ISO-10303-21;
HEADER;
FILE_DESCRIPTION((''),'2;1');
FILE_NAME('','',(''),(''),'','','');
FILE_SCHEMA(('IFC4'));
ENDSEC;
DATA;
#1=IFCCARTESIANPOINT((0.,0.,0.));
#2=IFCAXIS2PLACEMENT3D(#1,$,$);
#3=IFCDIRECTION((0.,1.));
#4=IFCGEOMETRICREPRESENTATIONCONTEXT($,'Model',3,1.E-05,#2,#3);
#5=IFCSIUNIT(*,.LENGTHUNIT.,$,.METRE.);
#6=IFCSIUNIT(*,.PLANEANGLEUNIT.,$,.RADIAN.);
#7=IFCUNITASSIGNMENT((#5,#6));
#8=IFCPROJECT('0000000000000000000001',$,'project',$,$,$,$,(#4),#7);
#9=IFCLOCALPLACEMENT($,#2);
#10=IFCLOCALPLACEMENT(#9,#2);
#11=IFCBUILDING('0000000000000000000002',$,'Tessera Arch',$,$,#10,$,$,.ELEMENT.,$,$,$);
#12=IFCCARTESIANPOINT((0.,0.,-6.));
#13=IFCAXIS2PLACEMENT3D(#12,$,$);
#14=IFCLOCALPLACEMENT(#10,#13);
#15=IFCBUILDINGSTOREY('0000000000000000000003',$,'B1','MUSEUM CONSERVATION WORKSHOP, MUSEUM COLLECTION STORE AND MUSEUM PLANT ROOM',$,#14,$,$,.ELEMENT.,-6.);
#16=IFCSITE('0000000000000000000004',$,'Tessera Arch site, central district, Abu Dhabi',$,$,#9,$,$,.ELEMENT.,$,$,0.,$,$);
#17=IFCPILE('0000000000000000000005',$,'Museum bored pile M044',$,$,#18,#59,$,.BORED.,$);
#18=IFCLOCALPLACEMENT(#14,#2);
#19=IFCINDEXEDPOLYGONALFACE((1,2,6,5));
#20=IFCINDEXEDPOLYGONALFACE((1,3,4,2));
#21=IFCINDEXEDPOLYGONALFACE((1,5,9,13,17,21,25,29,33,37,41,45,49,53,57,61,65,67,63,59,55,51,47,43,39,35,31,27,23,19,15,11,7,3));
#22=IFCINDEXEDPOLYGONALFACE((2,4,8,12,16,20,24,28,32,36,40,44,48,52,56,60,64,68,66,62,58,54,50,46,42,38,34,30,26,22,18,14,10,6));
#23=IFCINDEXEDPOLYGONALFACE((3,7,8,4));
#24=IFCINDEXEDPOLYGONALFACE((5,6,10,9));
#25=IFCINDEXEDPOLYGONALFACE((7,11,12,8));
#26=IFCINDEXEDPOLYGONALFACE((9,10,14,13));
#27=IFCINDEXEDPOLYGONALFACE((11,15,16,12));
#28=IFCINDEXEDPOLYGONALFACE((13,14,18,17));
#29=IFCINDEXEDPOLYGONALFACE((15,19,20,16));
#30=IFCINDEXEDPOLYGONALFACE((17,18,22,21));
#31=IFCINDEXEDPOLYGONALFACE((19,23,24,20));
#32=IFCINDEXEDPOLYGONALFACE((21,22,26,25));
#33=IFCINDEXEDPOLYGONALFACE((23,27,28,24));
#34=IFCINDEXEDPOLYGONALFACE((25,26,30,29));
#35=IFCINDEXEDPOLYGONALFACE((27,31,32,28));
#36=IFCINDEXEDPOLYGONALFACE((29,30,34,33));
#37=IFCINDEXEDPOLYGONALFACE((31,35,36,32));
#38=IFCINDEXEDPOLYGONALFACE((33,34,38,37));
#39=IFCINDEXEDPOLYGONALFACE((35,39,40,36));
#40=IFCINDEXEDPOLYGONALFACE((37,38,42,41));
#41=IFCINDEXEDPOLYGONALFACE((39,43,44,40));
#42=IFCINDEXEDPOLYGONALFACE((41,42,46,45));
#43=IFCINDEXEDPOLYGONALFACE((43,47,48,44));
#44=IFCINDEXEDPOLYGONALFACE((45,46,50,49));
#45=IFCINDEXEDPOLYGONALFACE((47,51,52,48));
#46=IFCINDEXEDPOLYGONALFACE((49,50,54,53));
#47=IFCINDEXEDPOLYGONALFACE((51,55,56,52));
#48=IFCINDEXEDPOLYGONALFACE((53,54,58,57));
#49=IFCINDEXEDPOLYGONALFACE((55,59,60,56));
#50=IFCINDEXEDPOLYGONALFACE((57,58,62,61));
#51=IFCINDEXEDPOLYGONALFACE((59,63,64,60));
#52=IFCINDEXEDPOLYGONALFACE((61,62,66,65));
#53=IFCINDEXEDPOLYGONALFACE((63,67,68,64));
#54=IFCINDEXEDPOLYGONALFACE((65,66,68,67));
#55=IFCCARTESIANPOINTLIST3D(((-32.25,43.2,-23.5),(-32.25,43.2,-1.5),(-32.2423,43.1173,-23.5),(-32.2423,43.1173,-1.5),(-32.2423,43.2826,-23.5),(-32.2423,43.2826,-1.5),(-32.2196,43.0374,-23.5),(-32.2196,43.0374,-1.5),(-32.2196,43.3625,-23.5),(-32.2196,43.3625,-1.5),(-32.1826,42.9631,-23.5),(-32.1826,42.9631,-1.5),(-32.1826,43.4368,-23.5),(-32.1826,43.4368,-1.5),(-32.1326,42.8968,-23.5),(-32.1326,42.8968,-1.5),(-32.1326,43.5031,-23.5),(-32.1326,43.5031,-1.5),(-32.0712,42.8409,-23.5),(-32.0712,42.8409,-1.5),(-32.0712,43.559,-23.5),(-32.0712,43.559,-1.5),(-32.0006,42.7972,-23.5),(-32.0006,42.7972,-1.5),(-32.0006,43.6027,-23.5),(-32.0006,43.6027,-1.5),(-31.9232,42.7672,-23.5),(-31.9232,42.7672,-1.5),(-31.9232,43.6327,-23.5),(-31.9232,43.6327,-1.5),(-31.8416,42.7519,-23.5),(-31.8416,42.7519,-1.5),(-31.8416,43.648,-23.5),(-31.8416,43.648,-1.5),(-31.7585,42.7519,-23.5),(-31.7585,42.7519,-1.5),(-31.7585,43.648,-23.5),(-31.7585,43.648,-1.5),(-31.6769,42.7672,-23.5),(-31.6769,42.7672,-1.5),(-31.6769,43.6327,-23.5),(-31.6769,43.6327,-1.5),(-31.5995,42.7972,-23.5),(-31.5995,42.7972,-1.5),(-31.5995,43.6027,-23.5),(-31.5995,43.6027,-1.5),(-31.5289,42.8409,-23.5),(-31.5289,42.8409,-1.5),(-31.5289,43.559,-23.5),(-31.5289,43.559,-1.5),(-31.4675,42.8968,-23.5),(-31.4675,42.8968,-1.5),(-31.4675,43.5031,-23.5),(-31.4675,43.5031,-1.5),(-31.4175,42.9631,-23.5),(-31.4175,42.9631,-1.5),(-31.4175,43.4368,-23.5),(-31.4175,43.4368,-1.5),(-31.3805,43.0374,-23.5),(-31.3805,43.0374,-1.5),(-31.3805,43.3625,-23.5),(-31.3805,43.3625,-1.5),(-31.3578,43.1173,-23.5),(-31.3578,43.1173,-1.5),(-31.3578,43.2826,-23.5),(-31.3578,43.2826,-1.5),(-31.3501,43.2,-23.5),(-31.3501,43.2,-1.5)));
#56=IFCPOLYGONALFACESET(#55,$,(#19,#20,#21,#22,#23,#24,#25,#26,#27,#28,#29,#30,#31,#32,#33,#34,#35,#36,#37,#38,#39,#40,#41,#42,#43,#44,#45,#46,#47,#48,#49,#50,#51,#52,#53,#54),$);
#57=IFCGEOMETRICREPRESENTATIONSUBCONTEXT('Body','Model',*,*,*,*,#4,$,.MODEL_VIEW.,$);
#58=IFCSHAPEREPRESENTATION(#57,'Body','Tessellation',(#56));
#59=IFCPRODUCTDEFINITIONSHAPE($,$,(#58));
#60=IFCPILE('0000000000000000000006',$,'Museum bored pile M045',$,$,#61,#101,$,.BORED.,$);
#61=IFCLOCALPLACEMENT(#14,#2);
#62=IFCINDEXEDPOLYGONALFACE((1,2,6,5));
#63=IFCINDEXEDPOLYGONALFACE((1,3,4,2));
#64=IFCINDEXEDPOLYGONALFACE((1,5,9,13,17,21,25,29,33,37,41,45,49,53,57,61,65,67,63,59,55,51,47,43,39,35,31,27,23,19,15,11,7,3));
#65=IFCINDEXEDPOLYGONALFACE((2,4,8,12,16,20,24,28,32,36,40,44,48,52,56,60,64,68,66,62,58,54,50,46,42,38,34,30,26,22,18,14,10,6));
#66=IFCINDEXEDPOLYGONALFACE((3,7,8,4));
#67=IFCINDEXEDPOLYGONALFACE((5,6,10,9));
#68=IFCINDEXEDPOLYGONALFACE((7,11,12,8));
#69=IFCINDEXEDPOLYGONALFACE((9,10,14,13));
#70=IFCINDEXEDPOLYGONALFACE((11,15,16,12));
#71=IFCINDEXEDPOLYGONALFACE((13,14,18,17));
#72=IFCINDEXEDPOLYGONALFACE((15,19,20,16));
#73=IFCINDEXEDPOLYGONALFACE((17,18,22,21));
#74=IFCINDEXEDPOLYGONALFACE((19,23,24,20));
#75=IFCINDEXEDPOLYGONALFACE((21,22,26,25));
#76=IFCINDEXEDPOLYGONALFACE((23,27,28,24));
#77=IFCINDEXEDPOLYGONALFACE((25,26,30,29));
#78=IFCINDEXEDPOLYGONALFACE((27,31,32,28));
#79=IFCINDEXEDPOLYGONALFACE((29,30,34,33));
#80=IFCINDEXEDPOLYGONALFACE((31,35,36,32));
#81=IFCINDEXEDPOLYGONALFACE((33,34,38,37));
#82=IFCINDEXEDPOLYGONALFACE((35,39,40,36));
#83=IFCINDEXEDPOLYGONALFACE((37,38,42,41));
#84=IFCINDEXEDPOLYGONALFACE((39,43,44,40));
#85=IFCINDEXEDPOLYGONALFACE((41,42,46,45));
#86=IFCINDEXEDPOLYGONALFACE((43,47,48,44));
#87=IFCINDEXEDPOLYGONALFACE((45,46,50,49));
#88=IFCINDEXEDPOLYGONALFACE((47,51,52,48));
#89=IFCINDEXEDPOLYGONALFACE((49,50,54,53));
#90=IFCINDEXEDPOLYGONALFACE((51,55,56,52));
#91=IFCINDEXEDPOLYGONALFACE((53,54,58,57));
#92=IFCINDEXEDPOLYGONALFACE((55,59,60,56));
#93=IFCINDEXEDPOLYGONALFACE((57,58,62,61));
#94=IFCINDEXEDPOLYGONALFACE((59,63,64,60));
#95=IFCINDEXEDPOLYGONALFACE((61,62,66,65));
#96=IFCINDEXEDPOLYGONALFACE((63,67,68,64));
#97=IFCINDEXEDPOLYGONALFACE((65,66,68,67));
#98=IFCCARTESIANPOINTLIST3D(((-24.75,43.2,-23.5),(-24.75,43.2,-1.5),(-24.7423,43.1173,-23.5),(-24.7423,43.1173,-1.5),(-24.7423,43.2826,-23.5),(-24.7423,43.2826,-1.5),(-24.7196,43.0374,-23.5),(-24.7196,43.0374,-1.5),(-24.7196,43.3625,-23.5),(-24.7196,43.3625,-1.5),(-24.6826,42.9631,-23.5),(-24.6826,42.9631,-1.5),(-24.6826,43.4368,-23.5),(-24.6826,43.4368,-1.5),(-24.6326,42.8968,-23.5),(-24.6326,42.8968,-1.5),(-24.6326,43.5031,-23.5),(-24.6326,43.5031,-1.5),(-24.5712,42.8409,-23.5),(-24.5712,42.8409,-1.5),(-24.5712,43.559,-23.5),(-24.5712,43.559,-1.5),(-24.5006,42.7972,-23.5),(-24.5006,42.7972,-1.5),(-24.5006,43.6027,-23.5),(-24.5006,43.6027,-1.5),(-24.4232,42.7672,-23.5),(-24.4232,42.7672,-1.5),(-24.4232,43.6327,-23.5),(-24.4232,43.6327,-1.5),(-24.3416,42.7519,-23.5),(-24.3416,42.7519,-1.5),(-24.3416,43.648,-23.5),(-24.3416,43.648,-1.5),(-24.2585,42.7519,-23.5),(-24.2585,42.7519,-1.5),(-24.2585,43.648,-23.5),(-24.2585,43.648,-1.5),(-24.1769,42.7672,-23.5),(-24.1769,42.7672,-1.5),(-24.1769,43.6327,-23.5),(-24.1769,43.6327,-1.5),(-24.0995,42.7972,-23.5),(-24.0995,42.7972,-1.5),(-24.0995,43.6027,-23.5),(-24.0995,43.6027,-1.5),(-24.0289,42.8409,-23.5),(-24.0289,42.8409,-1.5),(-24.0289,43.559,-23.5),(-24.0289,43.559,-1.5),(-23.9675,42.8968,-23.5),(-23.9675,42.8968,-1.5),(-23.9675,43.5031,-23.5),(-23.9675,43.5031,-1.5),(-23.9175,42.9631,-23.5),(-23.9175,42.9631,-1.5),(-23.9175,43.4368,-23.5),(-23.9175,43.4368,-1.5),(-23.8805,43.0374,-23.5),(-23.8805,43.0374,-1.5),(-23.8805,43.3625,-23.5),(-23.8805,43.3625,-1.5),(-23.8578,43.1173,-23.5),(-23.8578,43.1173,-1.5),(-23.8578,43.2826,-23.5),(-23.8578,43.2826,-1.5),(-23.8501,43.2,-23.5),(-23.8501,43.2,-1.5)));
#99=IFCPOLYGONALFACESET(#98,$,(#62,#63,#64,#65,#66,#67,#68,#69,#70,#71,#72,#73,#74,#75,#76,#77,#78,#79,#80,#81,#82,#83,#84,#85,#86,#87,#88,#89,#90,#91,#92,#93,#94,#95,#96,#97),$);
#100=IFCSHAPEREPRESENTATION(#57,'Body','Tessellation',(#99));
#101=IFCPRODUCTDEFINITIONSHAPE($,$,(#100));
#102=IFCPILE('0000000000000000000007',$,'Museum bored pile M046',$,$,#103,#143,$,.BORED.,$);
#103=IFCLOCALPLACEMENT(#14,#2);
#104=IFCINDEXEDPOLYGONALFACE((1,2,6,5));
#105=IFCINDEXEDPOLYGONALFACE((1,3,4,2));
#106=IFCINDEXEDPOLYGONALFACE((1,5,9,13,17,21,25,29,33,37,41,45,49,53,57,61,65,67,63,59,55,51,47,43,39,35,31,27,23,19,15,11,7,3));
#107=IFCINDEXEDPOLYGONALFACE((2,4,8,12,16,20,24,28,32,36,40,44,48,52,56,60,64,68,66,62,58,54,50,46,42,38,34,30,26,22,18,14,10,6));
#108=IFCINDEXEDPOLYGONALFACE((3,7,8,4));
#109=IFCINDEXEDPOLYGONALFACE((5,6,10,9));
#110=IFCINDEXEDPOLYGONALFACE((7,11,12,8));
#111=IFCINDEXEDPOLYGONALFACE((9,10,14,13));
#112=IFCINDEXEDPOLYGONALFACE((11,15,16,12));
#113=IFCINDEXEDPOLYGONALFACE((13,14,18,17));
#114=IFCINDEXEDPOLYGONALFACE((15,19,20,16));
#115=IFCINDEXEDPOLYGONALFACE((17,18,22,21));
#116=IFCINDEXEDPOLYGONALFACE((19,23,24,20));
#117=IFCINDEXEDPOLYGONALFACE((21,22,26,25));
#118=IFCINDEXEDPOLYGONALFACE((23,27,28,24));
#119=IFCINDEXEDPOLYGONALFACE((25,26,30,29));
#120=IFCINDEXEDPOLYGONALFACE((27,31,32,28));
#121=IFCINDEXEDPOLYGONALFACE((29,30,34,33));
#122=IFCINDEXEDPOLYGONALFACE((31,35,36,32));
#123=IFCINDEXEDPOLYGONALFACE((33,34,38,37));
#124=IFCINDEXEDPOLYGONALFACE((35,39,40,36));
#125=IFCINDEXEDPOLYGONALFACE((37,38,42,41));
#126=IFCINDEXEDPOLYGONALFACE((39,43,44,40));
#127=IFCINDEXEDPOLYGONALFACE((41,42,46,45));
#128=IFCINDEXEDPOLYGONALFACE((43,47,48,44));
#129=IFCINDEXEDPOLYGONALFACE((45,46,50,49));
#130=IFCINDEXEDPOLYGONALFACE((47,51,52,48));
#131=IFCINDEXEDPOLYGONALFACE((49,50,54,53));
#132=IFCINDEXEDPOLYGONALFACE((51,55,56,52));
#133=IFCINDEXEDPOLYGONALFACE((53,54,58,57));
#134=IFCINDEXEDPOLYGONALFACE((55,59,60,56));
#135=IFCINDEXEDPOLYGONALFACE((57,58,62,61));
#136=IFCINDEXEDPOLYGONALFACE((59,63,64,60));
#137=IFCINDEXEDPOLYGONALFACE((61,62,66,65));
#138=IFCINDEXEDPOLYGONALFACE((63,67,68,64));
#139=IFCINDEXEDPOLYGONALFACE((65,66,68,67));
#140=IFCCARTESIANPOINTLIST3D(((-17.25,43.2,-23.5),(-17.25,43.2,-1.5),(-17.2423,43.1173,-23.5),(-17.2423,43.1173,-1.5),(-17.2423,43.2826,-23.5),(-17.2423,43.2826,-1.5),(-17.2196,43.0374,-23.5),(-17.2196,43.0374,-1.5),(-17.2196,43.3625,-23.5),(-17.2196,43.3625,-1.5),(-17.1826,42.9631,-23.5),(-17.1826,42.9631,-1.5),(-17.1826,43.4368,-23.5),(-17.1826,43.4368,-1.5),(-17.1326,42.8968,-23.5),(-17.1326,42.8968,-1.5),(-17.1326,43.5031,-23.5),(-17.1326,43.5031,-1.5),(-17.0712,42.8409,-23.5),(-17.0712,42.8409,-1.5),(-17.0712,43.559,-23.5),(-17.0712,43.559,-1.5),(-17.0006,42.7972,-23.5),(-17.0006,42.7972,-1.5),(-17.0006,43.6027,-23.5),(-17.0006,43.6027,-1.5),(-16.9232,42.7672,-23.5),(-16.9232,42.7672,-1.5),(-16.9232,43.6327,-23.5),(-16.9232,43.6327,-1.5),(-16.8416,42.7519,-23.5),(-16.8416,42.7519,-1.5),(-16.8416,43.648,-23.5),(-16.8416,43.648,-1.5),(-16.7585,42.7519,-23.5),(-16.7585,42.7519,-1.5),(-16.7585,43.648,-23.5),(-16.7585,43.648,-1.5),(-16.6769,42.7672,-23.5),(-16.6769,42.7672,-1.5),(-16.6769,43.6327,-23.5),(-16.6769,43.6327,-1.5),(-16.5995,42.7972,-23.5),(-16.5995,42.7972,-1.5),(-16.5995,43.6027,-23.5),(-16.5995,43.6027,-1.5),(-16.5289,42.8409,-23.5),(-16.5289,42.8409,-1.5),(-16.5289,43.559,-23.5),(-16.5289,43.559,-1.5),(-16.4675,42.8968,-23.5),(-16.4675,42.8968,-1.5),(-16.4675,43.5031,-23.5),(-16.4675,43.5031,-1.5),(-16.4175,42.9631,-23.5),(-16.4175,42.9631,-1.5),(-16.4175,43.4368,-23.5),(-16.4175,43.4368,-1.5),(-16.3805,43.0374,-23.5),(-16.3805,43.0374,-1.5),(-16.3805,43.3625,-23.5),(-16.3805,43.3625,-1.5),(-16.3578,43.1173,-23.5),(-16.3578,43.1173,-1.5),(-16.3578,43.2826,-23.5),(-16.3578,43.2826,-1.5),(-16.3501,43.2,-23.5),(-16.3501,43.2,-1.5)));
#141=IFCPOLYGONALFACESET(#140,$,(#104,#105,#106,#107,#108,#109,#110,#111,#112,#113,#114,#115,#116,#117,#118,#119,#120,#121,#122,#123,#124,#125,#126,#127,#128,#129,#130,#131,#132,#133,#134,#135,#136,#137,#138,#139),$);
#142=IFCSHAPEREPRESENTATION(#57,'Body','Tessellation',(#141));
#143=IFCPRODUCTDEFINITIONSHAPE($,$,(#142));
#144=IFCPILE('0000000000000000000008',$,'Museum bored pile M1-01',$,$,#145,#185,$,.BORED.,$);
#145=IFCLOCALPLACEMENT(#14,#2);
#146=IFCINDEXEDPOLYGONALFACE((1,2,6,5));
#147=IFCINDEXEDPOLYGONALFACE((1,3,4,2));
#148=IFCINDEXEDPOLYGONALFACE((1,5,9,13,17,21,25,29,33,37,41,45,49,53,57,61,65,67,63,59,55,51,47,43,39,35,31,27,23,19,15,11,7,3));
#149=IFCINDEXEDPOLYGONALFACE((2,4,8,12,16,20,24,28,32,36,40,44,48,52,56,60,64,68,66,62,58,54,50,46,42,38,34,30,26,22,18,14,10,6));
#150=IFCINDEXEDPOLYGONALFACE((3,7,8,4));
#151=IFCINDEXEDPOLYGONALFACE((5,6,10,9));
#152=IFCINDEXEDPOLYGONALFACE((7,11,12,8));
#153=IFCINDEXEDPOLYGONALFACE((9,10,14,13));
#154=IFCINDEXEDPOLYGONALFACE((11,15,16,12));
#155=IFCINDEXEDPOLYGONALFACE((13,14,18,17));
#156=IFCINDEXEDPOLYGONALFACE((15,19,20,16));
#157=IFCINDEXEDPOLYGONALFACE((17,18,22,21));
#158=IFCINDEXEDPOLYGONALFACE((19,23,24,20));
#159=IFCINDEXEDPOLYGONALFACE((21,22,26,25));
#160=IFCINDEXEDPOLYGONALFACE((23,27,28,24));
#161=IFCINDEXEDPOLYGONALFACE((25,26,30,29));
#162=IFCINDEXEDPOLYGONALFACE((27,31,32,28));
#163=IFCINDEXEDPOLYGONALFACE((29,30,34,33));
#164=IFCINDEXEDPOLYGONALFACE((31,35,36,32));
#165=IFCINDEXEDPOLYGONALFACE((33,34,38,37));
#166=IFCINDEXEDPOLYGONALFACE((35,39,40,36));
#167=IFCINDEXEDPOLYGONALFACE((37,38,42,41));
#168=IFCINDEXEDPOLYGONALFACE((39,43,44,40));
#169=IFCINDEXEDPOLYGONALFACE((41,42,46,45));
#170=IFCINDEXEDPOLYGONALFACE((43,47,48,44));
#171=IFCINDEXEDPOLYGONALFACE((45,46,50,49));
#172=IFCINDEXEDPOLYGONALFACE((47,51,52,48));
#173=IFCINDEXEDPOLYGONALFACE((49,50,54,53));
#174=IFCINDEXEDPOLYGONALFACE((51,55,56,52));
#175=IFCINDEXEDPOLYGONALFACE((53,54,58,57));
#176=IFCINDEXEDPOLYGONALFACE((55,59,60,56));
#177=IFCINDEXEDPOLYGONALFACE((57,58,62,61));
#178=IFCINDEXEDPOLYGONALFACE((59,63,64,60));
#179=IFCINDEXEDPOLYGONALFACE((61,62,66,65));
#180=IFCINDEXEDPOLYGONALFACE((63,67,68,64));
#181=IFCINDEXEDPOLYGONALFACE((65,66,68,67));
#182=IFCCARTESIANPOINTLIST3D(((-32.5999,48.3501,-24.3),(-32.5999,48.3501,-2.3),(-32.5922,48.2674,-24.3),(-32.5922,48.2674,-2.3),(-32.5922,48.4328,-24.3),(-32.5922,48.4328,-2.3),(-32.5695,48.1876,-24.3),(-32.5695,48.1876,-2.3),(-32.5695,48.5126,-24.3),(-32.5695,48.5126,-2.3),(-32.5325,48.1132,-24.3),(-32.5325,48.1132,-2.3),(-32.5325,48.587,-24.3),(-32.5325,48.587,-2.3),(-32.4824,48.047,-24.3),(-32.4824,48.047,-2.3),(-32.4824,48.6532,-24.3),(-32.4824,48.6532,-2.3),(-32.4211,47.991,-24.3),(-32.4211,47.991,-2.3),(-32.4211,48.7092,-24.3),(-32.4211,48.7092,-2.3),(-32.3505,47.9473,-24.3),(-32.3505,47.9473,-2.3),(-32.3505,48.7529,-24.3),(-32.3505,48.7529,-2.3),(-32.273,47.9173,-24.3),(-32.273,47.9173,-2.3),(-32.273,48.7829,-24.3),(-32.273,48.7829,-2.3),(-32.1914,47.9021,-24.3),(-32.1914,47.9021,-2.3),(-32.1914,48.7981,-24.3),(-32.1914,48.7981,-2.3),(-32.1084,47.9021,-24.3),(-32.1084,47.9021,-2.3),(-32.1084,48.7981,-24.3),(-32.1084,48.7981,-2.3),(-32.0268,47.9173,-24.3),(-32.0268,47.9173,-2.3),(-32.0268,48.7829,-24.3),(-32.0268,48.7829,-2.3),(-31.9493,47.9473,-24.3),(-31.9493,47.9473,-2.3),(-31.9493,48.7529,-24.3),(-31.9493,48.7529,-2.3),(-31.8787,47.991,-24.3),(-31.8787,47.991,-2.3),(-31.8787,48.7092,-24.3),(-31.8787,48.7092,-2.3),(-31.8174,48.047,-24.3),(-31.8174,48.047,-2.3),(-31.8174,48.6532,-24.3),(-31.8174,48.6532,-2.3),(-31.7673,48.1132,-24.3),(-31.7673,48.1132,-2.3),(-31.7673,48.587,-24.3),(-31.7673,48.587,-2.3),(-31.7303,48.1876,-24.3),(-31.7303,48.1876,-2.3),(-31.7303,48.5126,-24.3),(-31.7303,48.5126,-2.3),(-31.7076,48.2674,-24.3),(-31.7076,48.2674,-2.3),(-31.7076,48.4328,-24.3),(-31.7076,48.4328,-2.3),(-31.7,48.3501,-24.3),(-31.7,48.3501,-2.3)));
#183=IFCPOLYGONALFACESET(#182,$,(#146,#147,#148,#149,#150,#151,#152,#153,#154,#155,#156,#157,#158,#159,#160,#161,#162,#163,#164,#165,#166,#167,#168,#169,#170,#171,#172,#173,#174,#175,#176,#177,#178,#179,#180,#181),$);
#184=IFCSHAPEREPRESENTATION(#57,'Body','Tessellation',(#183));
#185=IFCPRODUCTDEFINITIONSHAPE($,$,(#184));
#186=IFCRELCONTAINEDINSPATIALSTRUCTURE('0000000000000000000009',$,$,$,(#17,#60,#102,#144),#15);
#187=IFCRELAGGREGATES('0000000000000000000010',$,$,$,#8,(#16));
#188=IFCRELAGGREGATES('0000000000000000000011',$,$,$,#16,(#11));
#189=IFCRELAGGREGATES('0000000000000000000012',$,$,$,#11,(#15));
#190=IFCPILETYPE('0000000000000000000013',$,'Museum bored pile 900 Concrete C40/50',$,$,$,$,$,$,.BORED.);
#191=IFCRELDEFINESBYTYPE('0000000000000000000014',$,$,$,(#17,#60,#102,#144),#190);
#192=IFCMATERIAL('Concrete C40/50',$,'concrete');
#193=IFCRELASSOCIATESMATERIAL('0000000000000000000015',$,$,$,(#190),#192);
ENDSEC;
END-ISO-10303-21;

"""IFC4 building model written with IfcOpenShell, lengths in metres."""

from ifc_helpers import new_model, si_unit, direction, frame, origin, origin_2d, place, context, subcontext, project, spatial, circle, extrude, material, type_object, element, save


model = new_model("IFC4")

# Units and contexts
model_context = context("Model", 3, precision=1e-05, world=origin(), true_north=direction((0.0, 1.0)))
body_context = subcontext(model_context, "Body", "Model", "MODEL_VIEW")
ifc_project = project(units=[si_unit("LENGTHUNIT", "METRE"), si_unit("PLANEANGLEUNIT", "RADIAN")], contexts=[model_context])

# Site, building, storey
site_placement = place(None, origin())
site = spatial("IfcSite", under=ifc_project, at=site_placement, Name="Tessera Arch site, central district, Abu Dhabi", CompositionType="ELEMENT", RefElevation=0.0)
building_placement = place(site_placement, origin())
building = spatial("IfcBuilding", under=site, at=building_placement, Name="Tessera Arch", CompositionType="ELEMENT")
storey_placement = place(building_placement, frame((0.0, 0.0, -6.0)))
storey = spatial("IfcBuildingStorey", under=building, at=storey_placement, Name="B1", Description="MUSEUM CONSERVATION WORKSHOP, MUSEUM COLLECTION STORE AND MUSEUM PLANT ROOM", CompositionType="ELEMENT", Elevation=-6.0)

# Piles
ifc_material_1 = material(Name="Concrete C40/50", Category="concrete")
pile_type = type_object("IfcPileType", Name="Museum bored pile 900 Concrete C40/50", PredefinedType="BORED", material=ifc_material_1)
for number, where, z_axis, x_axis, name in (
    (1, (-31.8, 43.2, -1.5), (0.0, 0.0, -1.0), (1.0, 0.0, 0.0), "Museum bored pile M044"),
    (2, (-24.3, 43.2, -1.5), (0.0, 0.0, -1.0), (1.0, 0.0, 0.0), "Museum bored pile M045"),
    (3, (-16.8, 43.2, -1.5), (0.0, 0.0, -1.0), (1.0, 0.0, 0.0), "Museum bored pile M046"),
    (4, (-32.1499, 48.3501, -2.3), (0.0, 0.0, -1.0), (1.0, 0.0, 0.0), "Museum bored pile M1-01"),
):
    element("IfcPile", number, at=place(storey_placement, frame(where, z_axis=z_axis, x_axis=x_axis)), inside=storey, type_object=pile_type, Name=name, PredefinedType="BORED", context=body_context, shape_type="SweptSolid", body=[
        extrude(circle(Radius=0.45, at=origin_2d()), origin(), (0.0, 0.0, 1.0), 22.0),
    ])

save(model, "model.ifc")
